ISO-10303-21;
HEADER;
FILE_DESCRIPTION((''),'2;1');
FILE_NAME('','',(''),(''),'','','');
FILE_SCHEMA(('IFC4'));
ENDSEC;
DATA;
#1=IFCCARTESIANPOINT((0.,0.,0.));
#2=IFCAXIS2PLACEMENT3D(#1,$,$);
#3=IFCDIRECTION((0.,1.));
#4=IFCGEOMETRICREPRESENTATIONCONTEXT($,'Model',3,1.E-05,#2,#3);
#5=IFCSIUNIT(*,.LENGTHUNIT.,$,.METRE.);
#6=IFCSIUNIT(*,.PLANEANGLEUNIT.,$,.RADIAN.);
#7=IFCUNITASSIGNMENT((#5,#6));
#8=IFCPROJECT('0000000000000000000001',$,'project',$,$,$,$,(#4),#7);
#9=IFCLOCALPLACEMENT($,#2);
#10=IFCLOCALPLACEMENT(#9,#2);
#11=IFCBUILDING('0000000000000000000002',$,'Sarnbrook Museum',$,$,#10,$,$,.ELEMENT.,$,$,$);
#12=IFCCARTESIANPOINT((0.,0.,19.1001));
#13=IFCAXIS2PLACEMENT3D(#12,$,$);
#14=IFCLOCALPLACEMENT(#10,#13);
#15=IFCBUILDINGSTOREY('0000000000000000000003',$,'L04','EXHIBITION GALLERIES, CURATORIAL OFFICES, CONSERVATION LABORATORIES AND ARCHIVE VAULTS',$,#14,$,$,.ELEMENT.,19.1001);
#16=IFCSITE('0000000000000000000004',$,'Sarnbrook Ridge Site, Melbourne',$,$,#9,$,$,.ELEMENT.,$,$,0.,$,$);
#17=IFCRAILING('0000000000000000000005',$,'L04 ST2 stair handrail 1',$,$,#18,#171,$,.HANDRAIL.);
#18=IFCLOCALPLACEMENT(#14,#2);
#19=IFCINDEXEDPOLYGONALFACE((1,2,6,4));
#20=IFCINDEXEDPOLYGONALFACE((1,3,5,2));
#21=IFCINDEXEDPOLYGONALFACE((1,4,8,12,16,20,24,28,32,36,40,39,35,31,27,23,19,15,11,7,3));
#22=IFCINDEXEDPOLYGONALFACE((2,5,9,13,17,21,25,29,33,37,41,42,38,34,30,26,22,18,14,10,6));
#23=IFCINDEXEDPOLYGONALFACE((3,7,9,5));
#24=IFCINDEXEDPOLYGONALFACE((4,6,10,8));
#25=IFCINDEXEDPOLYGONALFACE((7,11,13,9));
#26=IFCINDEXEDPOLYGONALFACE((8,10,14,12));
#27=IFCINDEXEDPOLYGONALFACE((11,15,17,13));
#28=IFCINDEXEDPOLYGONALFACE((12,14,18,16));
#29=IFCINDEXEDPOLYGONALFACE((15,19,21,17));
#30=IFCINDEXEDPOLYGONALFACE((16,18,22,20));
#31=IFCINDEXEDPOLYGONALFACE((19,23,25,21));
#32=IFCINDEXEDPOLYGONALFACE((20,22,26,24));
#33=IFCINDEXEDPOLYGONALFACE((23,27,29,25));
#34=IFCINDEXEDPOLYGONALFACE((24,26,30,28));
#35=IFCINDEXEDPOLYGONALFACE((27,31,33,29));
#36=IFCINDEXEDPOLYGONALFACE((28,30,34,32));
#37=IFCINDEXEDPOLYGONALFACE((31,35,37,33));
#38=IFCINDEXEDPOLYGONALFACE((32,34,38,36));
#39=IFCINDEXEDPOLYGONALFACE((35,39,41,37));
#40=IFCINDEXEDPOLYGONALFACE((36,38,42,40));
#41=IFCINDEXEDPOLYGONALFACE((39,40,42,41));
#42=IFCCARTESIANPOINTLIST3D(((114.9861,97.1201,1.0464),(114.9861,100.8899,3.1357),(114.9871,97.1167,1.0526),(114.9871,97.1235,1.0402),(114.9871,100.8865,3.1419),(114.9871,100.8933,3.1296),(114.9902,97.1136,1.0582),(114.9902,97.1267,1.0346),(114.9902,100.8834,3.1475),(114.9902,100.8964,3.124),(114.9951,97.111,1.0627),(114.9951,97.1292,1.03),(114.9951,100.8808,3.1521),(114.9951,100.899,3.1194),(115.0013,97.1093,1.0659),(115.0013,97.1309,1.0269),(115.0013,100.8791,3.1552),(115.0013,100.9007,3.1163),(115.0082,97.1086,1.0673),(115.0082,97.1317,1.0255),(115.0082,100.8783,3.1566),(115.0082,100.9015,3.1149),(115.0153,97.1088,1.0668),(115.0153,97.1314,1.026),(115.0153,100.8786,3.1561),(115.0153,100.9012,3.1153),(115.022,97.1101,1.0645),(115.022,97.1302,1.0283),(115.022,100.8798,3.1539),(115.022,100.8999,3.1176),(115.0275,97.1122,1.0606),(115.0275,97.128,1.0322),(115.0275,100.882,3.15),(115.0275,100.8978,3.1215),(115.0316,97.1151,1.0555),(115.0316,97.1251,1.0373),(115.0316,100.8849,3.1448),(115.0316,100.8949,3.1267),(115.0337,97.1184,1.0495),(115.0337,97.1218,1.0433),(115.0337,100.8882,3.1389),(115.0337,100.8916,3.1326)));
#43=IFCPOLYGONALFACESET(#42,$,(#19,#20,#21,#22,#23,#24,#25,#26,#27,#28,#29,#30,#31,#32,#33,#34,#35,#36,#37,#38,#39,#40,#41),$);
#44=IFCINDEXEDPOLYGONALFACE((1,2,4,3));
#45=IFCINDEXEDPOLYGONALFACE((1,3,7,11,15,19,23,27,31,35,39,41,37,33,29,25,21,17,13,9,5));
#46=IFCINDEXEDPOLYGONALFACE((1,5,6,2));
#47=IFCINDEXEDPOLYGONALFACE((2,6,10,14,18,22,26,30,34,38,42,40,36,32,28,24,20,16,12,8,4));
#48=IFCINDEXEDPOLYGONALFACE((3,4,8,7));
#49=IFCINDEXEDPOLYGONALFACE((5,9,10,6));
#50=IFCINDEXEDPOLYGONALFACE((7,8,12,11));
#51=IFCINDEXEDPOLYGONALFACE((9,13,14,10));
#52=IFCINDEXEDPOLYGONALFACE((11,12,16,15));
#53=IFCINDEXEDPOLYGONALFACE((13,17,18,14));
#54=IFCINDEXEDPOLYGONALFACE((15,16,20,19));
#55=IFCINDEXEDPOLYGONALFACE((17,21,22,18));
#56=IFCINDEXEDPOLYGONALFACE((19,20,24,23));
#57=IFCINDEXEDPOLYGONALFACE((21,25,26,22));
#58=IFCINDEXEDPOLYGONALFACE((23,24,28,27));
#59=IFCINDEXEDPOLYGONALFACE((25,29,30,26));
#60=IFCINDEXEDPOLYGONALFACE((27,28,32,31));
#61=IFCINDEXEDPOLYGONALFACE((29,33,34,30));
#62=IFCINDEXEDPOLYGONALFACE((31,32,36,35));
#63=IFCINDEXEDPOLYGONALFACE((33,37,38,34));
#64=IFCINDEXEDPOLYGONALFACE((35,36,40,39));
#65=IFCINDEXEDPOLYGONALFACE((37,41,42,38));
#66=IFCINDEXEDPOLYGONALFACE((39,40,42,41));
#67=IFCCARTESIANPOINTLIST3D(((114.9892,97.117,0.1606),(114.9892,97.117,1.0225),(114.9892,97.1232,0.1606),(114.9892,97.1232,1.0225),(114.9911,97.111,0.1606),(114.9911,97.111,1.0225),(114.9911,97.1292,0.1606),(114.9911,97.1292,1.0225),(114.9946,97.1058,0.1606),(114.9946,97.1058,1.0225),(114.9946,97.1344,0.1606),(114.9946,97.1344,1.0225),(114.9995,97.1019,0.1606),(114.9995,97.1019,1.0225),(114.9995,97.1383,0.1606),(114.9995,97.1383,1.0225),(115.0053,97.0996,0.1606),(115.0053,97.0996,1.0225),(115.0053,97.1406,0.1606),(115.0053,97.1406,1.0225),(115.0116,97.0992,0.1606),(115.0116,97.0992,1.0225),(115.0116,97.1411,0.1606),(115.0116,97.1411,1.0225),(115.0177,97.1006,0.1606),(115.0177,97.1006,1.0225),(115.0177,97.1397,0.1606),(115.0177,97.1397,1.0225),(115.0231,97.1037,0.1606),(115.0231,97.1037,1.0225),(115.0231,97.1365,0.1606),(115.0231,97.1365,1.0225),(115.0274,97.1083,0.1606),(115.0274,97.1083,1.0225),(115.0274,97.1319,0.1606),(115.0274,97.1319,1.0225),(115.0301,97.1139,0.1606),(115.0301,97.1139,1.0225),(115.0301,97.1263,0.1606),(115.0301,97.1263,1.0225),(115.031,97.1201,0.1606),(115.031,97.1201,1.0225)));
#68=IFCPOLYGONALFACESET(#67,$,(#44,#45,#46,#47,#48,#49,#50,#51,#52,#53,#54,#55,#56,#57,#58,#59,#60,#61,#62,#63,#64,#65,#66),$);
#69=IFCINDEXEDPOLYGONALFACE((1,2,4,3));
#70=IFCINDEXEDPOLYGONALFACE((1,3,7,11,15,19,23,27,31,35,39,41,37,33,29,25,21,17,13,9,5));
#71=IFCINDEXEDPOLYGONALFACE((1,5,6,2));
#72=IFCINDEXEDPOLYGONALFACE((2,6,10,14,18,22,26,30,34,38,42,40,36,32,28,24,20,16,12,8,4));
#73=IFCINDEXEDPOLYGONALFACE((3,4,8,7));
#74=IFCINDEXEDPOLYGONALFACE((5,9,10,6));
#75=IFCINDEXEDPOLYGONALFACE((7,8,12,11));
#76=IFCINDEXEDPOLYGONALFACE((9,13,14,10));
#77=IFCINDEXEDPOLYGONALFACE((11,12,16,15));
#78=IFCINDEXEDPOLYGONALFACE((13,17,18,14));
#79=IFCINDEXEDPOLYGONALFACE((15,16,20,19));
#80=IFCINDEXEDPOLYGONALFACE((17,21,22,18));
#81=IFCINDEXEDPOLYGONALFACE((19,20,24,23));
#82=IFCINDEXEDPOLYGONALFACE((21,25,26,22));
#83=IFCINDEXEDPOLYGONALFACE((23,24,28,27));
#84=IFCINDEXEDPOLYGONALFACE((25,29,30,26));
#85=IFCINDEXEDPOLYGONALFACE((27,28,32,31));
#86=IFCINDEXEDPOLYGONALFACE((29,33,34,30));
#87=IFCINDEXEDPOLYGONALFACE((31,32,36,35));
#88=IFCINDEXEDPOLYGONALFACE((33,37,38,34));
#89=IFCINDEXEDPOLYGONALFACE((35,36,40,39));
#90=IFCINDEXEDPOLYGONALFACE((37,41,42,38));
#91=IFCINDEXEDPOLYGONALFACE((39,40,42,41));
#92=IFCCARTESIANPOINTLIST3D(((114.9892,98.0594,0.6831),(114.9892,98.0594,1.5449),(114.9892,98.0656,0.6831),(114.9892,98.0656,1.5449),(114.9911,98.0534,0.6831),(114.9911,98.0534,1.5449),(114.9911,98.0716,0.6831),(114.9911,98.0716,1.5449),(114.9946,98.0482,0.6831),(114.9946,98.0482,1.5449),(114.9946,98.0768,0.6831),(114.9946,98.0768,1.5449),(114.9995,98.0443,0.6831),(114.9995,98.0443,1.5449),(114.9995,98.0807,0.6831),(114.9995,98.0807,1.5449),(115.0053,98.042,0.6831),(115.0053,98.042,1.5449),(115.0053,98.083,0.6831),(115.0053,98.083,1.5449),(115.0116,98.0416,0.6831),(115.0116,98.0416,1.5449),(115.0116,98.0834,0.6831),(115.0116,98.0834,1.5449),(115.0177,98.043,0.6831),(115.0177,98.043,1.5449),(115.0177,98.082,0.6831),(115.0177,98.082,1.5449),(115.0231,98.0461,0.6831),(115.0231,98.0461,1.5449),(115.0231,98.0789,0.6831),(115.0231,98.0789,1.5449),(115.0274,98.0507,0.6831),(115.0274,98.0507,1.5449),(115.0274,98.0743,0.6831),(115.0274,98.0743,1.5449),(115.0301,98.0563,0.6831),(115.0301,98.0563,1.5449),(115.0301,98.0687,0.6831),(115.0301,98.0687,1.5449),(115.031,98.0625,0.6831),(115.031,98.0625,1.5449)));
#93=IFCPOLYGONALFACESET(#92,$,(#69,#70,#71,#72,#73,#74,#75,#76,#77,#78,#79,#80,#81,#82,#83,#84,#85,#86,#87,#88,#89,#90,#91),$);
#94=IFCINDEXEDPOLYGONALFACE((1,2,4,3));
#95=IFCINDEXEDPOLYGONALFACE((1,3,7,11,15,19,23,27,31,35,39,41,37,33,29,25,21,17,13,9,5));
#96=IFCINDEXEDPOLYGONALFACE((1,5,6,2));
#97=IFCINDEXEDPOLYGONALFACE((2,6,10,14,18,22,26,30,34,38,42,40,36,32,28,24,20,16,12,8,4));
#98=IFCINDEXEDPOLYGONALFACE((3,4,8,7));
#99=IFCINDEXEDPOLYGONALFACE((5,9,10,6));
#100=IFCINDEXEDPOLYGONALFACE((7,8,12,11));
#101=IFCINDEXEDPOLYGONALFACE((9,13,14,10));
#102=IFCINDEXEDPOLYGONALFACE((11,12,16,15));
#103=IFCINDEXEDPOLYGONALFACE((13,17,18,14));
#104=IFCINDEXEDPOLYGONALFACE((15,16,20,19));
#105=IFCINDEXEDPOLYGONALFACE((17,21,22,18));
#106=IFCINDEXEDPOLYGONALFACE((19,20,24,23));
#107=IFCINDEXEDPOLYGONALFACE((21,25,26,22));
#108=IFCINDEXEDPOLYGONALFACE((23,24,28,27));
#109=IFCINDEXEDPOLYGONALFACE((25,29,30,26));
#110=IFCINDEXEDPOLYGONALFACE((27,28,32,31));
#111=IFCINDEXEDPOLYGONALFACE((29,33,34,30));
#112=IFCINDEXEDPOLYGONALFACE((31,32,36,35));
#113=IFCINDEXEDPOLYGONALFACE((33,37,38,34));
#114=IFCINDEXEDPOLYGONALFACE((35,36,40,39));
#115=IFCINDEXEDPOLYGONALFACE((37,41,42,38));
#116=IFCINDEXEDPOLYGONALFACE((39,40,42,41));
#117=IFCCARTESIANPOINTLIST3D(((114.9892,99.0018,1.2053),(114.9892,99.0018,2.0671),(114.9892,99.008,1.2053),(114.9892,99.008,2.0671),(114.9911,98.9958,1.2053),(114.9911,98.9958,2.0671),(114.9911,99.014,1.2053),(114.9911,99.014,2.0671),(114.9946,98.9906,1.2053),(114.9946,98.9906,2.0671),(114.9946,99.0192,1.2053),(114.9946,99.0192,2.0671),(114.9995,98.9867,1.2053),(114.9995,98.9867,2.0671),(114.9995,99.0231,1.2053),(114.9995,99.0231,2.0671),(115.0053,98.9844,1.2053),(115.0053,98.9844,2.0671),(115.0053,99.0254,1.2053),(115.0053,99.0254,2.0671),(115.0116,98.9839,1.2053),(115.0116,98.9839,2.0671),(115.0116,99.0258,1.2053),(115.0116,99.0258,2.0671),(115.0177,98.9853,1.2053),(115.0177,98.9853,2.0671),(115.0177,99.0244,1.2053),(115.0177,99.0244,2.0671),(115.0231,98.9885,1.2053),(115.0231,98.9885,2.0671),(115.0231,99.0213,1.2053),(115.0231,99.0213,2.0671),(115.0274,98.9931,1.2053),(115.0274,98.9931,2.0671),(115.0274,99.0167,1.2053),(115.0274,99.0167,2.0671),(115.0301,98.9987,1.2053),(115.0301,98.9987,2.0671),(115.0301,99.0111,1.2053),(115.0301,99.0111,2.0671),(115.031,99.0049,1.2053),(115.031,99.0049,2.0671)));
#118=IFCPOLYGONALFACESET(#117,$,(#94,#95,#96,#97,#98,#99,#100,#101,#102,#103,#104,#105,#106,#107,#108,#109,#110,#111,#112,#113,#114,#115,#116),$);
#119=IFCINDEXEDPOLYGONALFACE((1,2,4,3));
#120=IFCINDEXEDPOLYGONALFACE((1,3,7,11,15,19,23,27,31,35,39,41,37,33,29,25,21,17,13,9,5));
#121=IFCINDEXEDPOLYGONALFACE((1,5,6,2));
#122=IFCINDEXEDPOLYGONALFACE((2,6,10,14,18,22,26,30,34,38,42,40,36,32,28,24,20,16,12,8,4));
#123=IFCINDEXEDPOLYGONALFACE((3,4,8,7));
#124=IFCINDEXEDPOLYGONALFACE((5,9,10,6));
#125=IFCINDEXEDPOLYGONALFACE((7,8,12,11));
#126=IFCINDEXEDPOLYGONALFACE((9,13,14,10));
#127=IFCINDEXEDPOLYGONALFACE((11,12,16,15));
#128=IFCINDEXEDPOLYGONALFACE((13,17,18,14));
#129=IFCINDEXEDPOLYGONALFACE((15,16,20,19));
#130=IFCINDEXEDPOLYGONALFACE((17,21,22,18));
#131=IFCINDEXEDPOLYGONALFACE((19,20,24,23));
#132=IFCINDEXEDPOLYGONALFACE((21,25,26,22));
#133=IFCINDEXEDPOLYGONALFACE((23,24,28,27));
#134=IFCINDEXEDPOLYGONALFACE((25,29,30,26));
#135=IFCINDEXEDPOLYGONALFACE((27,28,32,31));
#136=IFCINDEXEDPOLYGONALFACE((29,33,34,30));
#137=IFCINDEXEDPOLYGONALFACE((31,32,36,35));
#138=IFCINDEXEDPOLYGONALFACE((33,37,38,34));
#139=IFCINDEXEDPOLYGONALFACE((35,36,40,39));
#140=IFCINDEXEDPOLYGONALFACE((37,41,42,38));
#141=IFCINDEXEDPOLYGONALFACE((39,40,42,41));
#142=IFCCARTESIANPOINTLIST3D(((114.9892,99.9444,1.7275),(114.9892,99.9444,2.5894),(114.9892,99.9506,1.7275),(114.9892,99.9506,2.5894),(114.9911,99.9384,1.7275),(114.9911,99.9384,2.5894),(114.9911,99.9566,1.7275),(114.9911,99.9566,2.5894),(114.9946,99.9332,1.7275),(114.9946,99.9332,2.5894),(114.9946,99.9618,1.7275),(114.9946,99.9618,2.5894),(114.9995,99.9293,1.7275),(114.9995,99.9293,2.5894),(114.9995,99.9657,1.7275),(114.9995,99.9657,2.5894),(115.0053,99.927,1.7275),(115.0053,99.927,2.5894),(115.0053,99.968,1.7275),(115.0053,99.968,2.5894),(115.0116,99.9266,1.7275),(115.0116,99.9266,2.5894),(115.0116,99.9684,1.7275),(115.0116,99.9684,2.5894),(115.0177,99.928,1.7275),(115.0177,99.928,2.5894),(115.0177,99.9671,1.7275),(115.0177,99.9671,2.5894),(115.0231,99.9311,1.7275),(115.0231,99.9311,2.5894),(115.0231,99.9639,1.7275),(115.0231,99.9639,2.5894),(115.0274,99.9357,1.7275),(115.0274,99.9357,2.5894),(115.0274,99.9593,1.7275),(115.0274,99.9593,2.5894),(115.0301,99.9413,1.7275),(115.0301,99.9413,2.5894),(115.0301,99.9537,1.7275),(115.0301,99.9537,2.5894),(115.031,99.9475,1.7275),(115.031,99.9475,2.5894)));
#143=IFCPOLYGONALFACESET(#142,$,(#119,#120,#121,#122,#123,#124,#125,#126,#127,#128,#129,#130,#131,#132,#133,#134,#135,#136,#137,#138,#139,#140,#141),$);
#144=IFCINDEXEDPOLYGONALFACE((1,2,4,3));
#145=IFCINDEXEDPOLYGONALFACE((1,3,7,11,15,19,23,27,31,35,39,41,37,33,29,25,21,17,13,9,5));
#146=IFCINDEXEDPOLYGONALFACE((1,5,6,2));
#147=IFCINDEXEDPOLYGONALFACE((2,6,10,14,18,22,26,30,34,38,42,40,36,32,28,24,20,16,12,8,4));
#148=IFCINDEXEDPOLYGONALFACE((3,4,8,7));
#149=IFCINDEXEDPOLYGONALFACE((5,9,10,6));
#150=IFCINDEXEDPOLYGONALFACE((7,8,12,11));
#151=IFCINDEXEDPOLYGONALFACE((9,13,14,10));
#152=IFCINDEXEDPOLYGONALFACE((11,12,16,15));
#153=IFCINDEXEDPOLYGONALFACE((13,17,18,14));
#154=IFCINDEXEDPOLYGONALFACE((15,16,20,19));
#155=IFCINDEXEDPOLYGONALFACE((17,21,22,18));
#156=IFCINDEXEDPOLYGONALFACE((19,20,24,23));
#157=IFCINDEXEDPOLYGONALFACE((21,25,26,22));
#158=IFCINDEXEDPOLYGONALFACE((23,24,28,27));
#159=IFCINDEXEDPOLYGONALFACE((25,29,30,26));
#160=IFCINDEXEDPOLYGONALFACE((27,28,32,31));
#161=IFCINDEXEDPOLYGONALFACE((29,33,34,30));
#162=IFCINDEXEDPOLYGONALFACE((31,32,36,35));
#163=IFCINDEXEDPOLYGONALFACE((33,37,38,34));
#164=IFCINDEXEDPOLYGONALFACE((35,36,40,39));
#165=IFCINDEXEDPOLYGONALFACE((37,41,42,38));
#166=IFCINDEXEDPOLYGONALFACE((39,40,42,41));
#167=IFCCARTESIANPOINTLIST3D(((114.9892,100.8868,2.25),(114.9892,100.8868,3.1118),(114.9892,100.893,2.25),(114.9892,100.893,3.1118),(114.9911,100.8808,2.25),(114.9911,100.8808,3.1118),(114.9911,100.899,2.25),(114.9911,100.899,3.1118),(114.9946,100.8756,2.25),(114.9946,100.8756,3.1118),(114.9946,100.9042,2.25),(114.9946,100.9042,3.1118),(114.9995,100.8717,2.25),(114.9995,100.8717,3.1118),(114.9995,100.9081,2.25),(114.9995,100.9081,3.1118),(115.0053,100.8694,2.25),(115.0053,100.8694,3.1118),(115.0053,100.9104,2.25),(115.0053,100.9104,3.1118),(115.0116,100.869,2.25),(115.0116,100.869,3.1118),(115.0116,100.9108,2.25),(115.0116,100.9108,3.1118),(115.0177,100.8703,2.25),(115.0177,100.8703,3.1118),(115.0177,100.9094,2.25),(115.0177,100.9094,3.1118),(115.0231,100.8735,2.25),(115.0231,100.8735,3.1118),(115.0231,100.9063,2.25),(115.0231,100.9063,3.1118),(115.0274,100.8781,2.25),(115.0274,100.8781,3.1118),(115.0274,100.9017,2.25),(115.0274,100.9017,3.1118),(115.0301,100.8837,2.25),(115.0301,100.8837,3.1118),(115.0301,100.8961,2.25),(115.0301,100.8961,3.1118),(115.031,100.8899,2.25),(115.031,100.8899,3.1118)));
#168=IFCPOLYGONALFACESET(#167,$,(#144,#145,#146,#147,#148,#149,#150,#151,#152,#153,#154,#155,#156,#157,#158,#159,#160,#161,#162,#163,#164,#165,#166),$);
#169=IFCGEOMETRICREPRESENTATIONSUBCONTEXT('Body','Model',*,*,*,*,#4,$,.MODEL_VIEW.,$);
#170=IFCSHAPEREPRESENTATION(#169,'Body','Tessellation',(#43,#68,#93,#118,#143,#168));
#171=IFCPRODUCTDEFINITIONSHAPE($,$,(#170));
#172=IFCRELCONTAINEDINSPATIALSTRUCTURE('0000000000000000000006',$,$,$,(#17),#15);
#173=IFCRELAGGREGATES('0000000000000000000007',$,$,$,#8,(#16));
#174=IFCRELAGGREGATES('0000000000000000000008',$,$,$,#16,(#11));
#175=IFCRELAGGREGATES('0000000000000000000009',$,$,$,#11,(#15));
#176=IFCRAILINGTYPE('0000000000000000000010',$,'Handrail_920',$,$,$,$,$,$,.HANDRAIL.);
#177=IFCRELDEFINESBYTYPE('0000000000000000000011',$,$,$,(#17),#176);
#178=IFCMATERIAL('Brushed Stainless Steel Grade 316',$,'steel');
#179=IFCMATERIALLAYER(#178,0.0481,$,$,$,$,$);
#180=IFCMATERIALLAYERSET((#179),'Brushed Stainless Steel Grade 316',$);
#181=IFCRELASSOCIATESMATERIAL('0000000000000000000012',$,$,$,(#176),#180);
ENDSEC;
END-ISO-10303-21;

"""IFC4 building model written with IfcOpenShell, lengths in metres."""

from ifc_helpers import new_model, si_unit, direction, frame, origin, origin_2d, place, context, subcontext, project, spatial, circle, extrude, material, layer, layer_set, type_object, element, save


model = new_model("IFC4")

# Units and contexts
model_context = context("Model", 3, precision=1e-05, world=origin(), true_north=direction((0.0, 1.0)))
body_context = subcontext(model_context, "Body", "Model", "MODEL_VIEW")
ifc_project = project(units=[si_unit("LENGTHUNIT", "METRE"), si_unit("PLANEANGLEUNIT", "RADIAN")], contexts=[model_context])

# Site, building, storey
site_placement = place(None, origin())
site = spatial("IfcSite", under=ifc_project, at=site_placement, Name="Sarnbrook Ridge Site, Melbourne", CompositionType="ELEMENT", RefElevation=0.0)
building_placement = place(site_placement, origin())
building = spatial("IfcBuilding", under=site, at=building_placement, Name="Sarnbrook Museum", CompositionType="ELEMENT")
storey_placement = place(building_placement, frame((0.0, 0.0, 19.1001)))
storey = spatial("IfcBuildingStorey", under=building, at=storey_placement, Name="L04", Description="EXHIBITION GALLERIES, CURATORIAL OFFICES, CONSERVATION LABORATORIES AND ARCHIVE VAULTS", CompositionType="ELEMENT", Elevation=19.1001)

# Railing
ifc_material_1 = material(Name="Brushed Stainless Steel Grade 316", Category="steel")
ifc_layer_1 = layer(ifc_material_1, 0.0481)
ifc_layer_set_1 = layer_set([ifc_layer_1], Name="Brushed Stainless Steel Grade 316")
railing_type_1 = type_object("IfcRailingType", Name="Handrail_920", PredefinedType="HANDRAIL", material=ifc_layer_set_1)
railing_1_placement = place(storey_placement, frame((115.01, 97.1201, 0.1606)))
element("IfcRailing", 1, at=railing_1_placement, inside=storey, type_object=railing_type_1, Name="L04 ST2 stair handrail 1", PredefinedType="HANDRAIL", context=body_context, shape_type="SweptSolid", body=[
    extrude(circle(Radius=0.0239, at=origin_2d()), frame((0.0, 0.0, 0.8857), z_axis=(0.0, 0.874646, 0.484763), x_axis=(-1.0, 0.0, 0.0)), (0.0, 0.0, 1.0), 4.3101),
    extrude(circle(Radius=0.021, at=origin_2d()), origin(), (0.0, 0.0, 1.0), 0.8618),
    extrude(circle(Radius=0.021, at=origin_2d()), frame((0.0, 0.9424, 0.5225)), (0.0, 0.0, 1.0), 0.8618),
    extrude(circle(Radius=0.021, at=origin_2d()), frame((0.0, 1.8848, 1.0447)), (0.0, 0.0, 1.0), 0.8618),
    extrude(circle(Radius=0.021, at=origin_2d()), frame((0.0, 2.8274, 1.5669)), (0.0, 0.0, 1.0), 0.8618),
    extrude(circle(Radius=0.021, at=origin_2d()), frame((0.0, 3.7698, 2.0894)), (0.0, 0.0, 1.0), 0.8618),
])

save(model, "model.ifc")
